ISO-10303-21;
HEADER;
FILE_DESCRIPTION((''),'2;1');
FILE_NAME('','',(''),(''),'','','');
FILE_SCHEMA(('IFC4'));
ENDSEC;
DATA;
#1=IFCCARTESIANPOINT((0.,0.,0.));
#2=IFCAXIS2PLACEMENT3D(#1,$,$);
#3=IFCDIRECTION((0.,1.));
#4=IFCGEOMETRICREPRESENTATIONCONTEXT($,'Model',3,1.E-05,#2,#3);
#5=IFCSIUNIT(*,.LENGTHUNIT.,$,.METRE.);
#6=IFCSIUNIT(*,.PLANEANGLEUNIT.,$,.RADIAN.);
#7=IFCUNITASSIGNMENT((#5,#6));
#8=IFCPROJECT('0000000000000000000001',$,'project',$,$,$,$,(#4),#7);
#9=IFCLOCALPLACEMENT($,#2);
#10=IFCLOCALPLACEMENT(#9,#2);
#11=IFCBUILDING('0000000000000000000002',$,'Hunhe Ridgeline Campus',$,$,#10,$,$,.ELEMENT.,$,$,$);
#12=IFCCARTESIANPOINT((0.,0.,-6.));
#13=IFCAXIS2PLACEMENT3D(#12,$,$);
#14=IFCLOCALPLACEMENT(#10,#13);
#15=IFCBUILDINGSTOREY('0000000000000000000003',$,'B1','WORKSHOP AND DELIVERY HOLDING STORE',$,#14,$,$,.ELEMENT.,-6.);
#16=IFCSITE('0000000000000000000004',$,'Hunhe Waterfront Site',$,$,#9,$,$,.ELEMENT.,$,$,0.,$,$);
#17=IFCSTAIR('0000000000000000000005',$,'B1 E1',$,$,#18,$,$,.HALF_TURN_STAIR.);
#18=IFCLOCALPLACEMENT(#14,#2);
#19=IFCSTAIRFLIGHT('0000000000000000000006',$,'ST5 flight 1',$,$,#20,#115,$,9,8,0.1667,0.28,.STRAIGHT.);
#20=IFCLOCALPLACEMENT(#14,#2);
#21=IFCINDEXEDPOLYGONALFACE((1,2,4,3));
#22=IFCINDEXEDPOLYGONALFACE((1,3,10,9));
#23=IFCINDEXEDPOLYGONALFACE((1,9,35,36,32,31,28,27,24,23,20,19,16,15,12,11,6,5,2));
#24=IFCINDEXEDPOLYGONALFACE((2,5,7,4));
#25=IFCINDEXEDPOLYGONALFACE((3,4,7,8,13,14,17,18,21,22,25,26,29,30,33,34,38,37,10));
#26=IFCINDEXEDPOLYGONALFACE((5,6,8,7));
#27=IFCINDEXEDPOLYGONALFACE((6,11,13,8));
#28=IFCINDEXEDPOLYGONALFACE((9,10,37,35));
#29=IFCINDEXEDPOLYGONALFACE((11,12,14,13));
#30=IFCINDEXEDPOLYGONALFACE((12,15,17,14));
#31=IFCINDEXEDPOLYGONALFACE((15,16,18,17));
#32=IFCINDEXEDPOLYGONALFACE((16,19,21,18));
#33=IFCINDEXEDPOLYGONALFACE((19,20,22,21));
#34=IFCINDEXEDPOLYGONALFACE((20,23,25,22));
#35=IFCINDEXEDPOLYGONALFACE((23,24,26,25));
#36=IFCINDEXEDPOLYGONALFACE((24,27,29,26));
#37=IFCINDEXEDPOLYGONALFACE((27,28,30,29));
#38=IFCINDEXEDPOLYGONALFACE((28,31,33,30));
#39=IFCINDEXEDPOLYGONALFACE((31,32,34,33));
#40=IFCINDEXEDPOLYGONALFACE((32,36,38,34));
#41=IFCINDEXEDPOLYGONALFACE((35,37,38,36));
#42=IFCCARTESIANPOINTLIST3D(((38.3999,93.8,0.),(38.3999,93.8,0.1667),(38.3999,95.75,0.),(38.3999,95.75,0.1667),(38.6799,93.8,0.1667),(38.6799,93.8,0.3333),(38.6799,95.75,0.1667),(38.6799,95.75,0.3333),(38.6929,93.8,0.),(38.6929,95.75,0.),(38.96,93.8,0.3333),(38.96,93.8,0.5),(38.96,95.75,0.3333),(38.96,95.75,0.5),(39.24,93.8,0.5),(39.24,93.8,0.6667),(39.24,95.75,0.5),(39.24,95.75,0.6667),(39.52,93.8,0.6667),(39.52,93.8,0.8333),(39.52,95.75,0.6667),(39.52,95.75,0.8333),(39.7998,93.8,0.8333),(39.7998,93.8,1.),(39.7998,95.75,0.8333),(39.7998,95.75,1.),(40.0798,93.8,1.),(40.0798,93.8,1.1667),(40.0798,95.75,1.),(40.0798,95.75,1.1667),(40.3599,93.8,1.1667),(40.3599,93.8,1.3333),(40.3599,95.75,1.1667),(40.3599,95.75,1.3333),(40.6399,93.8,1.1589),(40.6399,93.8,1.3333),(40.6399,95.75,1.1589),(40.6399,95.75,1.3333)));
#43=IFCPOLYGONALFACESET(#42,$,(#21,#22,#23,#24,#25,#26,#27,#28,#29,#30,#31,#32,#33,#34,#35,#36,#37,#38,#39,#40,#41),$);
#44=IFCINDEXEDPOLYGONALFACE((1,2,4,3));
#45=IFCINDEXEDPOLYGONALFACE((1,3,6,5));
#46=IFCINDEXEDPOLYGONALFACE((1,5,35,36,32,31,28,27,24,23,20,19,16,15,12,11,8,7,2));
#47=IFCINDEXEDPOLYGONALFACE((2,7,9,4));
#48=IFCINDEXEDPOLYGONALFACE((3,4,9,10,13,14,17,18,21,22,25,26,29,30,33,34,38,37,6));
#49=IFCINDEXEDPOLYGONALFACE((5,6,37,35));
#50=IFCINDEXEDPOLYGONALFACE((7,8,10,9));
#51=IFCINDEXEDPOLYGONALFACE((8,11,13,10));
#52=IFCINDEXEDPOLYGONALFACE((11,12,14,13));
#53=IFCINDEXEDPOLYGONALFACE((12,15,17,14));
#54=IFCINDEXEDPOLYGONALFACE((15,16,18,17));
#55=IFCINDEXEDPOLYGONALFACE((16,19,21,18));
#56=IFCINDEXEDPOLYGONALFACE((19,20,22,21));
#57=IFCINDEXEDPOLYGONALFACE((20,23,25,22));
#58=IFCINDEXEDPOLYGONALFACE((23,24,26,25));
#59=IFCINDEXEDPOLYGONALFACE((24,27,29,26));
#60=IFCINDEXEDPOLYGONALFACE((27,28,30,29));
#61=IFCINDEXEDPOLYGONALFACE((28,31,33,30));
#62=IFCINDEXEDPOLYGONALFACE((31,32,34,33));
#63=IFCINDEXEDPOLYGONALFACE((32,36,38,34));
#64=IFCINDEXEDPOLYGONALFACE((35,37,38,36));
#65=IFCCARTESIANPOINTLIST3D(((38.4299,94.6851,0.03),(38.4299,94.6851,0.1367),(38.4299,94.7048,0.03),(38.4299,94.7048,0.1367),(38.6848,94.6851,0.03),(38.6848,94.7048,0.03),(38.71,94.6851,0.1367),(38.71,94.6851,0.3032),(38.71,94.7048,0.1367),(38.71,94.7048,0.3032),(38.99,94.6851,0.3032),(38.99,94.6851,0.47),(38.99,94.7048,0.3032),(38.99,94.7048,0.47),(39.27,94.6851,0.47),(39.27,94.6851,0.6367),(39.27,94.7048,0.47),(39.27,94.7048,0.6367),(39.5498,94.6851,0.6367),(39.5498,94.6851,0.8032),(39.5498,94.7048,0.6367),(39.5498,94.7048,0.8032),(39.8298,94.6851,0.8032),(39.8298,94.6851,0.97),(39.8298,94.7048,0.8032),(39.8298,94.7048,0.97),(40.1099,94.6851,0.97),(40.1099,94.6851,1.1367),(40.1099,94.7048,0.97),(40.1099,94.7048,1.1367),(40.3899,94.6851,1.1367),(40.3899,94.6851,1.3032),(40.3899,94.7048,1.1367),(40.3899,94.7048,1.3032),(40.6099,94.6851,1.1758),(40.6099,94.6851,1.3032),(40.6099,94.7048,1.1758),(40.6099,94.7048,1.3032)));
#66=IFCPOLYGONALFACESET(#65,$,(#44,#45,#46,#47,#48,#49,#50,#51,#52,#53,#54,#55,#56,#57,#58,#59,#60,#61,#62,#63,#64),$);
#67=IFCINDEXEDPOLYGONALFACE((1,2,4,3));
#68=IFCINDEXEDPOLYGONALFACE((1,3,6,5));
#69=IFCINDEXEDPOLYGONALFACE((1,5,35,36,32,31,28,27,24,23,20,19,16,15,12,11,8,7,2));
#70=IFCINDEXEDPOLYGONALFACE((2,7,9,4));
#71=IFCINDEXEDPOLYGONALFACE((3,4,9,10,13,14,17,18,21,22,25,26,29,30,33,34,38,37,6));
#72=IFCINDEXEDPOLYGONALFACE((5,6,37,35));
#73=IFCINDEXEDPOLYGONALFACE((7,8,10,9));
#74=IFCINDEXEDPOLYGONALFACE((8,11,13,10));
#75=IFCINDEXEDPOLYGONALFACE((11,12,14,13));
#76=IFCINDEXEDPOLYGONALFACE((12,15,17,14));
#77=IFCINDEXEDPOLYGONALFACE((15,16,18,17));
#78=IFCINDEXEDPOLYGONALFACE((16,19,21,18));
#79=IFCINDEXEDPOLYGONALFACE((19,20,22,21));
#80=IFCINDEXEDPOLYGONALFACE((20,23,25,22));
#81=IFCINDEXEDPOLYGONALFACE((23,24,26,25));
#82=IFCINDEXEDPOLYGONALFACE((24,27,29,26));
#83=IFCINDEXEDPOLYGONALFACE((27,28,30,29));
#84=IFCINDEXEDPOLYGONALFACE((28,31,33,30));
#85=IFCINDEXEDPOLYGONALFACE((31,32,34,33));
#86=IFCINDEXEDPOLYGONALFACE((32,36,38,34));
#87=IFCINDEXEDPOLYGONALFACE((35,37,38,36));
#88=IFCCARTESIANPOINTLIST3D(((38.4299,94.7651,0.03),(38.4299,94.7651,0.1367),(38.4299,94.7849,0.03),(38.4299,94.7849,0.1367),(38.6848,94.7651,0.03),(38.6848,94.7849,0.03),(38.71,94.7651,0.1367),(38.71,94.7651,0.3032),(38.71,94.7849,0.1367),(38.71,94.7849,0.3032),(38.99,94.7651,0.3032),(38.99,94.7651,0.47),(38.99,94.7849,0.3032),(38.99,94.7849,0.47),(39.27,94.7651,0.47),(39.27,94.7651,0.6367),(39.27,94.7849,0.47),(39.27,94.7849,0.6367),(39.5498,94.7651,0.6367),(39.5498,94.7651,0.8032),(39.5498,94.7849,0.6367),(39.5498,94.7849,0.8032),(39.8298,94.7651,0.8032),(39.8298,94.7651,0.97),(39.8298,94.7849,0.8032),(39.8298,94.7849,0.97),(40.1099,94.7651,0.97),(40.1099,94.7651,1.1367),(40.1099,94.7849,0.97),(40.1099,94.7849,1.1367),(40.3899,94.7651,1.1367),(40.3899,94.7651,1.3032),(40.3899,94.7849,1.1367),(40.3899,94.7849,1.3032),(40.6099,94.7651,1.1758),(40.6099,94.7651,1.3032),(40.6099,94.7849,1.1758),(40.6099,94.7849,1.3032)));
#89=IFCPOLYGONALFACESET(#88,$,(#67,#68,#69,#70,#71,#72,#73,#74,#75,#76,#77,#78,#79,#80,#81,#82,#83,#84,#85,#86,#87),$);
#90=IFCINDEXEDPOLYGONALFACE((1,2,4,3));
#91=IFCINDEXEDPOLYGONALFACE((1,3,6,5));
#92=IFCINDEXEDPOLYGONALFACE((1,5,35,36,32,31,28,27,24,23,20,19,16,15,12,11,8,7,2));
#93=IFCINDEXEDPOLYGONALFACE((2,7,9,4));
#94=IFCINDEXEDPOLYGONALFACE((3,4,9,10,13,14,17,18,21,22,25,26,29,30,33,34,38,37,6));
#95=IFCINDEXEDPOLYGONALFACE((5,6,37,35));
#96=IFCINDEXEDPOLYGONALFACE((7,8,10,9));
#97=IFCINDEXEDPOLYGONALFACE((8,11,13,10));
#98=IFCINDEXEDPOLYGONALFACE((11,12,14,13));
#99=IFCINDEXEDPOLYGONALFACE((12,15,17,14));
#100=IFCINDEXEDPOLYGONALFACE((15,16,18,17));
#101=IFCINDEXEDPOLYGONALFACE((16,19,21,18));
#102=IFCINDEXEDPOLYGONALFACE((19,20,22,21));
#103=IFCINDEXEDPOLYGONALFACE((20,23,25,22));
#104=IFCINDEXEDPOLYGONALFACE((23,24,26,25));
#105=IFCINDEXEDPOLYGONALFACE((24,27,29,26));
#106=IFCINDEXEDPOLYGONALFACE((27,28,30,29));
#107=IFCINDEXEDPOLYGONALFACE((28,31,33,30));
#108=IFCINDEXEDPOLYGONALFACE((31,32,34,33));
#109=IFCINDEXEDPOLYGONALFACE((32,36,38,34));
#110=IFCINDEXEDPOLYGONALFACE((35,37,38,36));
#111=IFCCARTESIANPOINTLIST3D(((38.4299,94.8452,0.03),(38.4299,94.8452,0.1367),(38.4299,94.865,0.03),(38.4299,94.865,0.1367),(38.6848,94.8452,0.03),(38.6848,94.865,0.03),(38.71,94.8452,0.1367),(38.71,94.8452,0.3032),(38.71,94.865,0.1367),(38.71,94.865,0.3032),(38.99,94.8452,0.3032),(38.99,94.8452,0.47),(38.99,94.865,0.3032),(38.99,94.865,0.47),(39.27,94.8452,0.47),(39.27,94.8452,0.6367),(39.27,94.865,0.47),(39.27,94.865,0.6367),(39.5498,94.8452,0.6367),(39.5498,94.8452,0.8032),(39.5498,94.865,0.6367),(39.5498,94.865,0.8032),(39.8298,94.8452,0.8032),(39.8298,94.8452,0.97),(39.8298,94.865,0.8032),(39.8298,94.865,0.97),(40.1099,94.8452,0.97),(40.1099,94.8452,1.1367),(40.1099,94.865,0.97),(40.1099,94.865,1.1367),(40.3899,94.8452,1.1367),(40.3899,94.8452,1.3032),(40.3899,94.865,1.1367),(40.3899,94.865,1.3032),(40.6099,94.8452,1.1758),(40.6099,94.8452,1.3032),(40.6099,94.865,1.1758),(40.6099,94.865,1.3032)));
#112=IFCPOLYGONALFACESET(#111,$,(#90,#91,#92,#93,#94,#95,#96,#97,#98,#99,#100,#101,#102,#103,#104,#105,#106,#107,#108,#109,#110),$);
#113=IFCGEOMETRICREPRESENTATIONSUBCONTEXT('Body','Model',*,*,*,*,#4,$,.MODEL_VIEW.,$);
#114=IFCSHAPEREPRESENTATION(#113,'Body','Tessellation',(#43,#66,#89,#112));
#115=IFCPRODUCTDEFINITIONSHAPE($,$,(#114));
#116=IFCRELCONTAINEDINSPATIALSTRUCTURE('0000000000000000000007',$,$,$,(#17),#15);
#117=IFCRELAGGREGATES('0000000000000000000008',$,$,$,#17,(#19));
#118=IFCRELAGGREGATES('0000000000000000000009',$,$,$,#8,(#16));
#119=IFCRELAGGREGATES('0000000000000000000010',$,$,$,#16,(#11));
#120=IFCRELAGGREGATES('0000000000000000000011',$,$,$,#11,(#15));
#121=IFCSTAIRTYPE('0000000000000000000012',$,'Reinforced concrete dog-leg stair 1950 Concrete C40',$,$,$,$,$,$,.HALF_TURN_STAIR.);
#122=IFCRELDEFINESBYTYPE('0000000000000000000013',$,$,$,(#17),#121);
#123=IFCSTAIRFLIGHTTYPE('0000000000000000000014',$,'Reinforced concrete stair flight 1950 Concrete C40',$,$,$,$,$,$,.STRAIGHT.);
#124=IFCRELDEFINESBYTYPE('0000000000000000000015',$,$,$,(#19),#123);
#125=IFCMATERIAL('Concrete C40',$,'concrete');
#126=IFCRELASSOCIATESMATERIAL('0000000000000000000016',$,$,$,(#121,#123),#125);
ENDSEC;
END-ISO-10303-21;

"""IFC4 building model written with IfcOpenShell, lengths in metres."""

from ifc_helpers import new_model, si_unit, direction, frame, origin, place, context, subcontext, project, spatial, polyline, outline, extrude, material, type_object, element, aggregate, save


model = new_model("IFC4")

# Units and contexts
model_context = context("Model", 3, precision=1e-05, world=origin(), true_north=direction((0.0, 1.0)))
body_context = subcontext(model_context, "Body", "Model", "MODEL_VIEW")
ifc_project = project(units=[si_unit("LENGTHUNIT", "METRE"), si_unit("PLANEANGLEUNIT", "RADIAN")], contexts=[model_context])

# Site, building, storey
site_placement = place(None, origin())
site = spatial("IfcSite", under=ifc_project, at=site_placement, Name="Hunhe Waterfront Site", CompositionType="ELEMENT", RefElevation=0.0)
building_placement = place(site_placement, origin())
building = spatial("IfcBuilding", under=site, at=building_placement, Name="Hunhe Ridgeline Campus", CompositionType="ELEMENT")
storey_placement = place(building_placement, frame((0.0, 0.0, -6.0)))
storey = spatial("IfcBuildingStorey", under=building, at=storey_placement, Name="B1", Description="WORKSHOP AND DELIVERY HOLDING STORE", CompositionType="ELEMENT", Elevation=-6.0)

# Stair, stair flight
ifc_material_1 = material(Name="Concrete C40", Category="concrete")
stair_type = type_object("IfcStairType", Name="Reinforced concrete dog-leg stair 1950 Concrete C40", PredefinedType="HALF_TURN_STAIR", material=ifc_material_1)
stair_flight_type = type_object("IfcStairFlightType", Name="Reinforced concrete stair flight 1950 Concrete C40", PredefinedType="STRAIGHT", material=ifc_material_1)
stair_1_placement = place(storey_placement, origin())
stair_1 = element("IfcStair", 1, at=stair_1_placement, inside=storey, type_object=stair_type, Name="B1 E1", PredefinedType="HALF_TURN_STAIR")
stair_flight_1_placement = place(storey_placement, frame((38.3999, 94.7749, 0.0), z_axis=(0.0, 0.0, 1.0), x_axis=(1.0, 0.0, 0.0)))
stair_flight_1 = element("IfcStairFlight", 2, at=stair_flight_1_placement, type_object=stair_flight_type, Name="ST5 flight 1", NumberOfRisers=9, NumberOfTreads=8, PredefinedType="STRAIGHT", RiserHeight=0.1667, TreadLength=0.28, context=body_context, shape_type="SweptSolid", body=[
    extrude(outline(polyline([(0.0, 0.0), (0.0, 0.1667), (0.28, 0.1667), (0.28, 0.3333), (0.5601, 0.3333), (0.5601, 0.5), (0.8401, 0.5), (0.8401, 0.6667), (1.1201, 0.6667), (1.1201, 0.8333), (1.3999, 0.8333), (1.3999, 1.0), (1.6799, 1.0), (1.6799, 1.1667), (1.96, 1.1667), (1.96, 1.3333), (2.24, 1.3333), (2.24, 1.5), (2.24, 1.1589), (0.293, 0.0), (0.0, 0.0)])), frame((0.0, 0.9751, 0.0), z_axis=(0.0, -1.0, 0.0), x_axis=(1.0, 0.0, 0.0)), (0.0, 0.0, 1.0), 1.95),
    extrude(outline(polyline([(0.03, 0.03), (0.03, 0.1367), (0.3101, 0.1367), (0.3101, 0.3032), (0.5901, 0.3032), (0.5901, 0.47), (0.8701, 0.47), (0.8701, 0.6367), (1.1499, 0.6367), (1.1499, 0.8032), (1.4299, 0.8032), (1.4299, 0.97), (1.71, 0.97), (1.71, 1.1367), (1.99, 1.1367), (1.99, 1.3032), (2.21, 1.3032), (2.21, 1.1758), (0.2849, 0.03), (0.03, 0.03)])), frame((0.0, -0.0701, 0.0), z_axis=(0.0, -1.0, 0.0), x_axis=(1.0, 0.0, 0.0)), (0.0, 0.0, 1.0), 0.0198),
    extrude(outline(polyline([(0.03, 0.03), (0.03, 0.1367), (0.3101, 0.1367), (0.3101, 0.3032), (0.5901, 0.3032), (0.5901, 0.47), (0.8701, 0.47), (0.8701, 0.6367), (1.1499, 0.6367), (1.1499, 0.8032), (1.4299, 0.8032), (1.4299, 0.97), (1.71, 0.97), (1.71, 1.1367), (1.99, 1.1367), (1.99, 1.3032), (2.21, 1.3032), (2.21, 1.1758), (0.2849, 0.03), (0.03, 0.03)])), frame((0.0, 0.01, 0.0), z_axis=(0.0, -1.0, 0.0), x_axis=(1.0, 0.0, 0.0)), (0.0, 0.0, 1.0), 0.0198),
    extrude(outline(polyline([(0.03, 0.03), (0.03, 0.1367), (0.3101, 0.1367), (0.3101, 0.3032), (0.5901, 0.3032), (0.5901, 0.47), (0.8701, 0.47), (0.8701, 0.6367), (1.1499, 0.6367), (1.1499, 0.8032), (1.4299, 0.8032), (1.4299, 0.97), (1.71, 0.97), (1.71, 1.1367), (1.99, 1.1367), (1.99, 1.3032), (2.21, 1.3032), (2.21, 1.1758), (0.2849, 0.03), (0.03, 0.03)])), frame((0.0, 0.0901, 0.0), z_axis=(0.0, -1.0, 0.0), x_axis=(1.0, 0.0, 0.0)), (0.0, 0.0, 1.0), 0.0198),
])
aggregate(stair_1, [stair_flight_1])

save(model, "model.ifc")
